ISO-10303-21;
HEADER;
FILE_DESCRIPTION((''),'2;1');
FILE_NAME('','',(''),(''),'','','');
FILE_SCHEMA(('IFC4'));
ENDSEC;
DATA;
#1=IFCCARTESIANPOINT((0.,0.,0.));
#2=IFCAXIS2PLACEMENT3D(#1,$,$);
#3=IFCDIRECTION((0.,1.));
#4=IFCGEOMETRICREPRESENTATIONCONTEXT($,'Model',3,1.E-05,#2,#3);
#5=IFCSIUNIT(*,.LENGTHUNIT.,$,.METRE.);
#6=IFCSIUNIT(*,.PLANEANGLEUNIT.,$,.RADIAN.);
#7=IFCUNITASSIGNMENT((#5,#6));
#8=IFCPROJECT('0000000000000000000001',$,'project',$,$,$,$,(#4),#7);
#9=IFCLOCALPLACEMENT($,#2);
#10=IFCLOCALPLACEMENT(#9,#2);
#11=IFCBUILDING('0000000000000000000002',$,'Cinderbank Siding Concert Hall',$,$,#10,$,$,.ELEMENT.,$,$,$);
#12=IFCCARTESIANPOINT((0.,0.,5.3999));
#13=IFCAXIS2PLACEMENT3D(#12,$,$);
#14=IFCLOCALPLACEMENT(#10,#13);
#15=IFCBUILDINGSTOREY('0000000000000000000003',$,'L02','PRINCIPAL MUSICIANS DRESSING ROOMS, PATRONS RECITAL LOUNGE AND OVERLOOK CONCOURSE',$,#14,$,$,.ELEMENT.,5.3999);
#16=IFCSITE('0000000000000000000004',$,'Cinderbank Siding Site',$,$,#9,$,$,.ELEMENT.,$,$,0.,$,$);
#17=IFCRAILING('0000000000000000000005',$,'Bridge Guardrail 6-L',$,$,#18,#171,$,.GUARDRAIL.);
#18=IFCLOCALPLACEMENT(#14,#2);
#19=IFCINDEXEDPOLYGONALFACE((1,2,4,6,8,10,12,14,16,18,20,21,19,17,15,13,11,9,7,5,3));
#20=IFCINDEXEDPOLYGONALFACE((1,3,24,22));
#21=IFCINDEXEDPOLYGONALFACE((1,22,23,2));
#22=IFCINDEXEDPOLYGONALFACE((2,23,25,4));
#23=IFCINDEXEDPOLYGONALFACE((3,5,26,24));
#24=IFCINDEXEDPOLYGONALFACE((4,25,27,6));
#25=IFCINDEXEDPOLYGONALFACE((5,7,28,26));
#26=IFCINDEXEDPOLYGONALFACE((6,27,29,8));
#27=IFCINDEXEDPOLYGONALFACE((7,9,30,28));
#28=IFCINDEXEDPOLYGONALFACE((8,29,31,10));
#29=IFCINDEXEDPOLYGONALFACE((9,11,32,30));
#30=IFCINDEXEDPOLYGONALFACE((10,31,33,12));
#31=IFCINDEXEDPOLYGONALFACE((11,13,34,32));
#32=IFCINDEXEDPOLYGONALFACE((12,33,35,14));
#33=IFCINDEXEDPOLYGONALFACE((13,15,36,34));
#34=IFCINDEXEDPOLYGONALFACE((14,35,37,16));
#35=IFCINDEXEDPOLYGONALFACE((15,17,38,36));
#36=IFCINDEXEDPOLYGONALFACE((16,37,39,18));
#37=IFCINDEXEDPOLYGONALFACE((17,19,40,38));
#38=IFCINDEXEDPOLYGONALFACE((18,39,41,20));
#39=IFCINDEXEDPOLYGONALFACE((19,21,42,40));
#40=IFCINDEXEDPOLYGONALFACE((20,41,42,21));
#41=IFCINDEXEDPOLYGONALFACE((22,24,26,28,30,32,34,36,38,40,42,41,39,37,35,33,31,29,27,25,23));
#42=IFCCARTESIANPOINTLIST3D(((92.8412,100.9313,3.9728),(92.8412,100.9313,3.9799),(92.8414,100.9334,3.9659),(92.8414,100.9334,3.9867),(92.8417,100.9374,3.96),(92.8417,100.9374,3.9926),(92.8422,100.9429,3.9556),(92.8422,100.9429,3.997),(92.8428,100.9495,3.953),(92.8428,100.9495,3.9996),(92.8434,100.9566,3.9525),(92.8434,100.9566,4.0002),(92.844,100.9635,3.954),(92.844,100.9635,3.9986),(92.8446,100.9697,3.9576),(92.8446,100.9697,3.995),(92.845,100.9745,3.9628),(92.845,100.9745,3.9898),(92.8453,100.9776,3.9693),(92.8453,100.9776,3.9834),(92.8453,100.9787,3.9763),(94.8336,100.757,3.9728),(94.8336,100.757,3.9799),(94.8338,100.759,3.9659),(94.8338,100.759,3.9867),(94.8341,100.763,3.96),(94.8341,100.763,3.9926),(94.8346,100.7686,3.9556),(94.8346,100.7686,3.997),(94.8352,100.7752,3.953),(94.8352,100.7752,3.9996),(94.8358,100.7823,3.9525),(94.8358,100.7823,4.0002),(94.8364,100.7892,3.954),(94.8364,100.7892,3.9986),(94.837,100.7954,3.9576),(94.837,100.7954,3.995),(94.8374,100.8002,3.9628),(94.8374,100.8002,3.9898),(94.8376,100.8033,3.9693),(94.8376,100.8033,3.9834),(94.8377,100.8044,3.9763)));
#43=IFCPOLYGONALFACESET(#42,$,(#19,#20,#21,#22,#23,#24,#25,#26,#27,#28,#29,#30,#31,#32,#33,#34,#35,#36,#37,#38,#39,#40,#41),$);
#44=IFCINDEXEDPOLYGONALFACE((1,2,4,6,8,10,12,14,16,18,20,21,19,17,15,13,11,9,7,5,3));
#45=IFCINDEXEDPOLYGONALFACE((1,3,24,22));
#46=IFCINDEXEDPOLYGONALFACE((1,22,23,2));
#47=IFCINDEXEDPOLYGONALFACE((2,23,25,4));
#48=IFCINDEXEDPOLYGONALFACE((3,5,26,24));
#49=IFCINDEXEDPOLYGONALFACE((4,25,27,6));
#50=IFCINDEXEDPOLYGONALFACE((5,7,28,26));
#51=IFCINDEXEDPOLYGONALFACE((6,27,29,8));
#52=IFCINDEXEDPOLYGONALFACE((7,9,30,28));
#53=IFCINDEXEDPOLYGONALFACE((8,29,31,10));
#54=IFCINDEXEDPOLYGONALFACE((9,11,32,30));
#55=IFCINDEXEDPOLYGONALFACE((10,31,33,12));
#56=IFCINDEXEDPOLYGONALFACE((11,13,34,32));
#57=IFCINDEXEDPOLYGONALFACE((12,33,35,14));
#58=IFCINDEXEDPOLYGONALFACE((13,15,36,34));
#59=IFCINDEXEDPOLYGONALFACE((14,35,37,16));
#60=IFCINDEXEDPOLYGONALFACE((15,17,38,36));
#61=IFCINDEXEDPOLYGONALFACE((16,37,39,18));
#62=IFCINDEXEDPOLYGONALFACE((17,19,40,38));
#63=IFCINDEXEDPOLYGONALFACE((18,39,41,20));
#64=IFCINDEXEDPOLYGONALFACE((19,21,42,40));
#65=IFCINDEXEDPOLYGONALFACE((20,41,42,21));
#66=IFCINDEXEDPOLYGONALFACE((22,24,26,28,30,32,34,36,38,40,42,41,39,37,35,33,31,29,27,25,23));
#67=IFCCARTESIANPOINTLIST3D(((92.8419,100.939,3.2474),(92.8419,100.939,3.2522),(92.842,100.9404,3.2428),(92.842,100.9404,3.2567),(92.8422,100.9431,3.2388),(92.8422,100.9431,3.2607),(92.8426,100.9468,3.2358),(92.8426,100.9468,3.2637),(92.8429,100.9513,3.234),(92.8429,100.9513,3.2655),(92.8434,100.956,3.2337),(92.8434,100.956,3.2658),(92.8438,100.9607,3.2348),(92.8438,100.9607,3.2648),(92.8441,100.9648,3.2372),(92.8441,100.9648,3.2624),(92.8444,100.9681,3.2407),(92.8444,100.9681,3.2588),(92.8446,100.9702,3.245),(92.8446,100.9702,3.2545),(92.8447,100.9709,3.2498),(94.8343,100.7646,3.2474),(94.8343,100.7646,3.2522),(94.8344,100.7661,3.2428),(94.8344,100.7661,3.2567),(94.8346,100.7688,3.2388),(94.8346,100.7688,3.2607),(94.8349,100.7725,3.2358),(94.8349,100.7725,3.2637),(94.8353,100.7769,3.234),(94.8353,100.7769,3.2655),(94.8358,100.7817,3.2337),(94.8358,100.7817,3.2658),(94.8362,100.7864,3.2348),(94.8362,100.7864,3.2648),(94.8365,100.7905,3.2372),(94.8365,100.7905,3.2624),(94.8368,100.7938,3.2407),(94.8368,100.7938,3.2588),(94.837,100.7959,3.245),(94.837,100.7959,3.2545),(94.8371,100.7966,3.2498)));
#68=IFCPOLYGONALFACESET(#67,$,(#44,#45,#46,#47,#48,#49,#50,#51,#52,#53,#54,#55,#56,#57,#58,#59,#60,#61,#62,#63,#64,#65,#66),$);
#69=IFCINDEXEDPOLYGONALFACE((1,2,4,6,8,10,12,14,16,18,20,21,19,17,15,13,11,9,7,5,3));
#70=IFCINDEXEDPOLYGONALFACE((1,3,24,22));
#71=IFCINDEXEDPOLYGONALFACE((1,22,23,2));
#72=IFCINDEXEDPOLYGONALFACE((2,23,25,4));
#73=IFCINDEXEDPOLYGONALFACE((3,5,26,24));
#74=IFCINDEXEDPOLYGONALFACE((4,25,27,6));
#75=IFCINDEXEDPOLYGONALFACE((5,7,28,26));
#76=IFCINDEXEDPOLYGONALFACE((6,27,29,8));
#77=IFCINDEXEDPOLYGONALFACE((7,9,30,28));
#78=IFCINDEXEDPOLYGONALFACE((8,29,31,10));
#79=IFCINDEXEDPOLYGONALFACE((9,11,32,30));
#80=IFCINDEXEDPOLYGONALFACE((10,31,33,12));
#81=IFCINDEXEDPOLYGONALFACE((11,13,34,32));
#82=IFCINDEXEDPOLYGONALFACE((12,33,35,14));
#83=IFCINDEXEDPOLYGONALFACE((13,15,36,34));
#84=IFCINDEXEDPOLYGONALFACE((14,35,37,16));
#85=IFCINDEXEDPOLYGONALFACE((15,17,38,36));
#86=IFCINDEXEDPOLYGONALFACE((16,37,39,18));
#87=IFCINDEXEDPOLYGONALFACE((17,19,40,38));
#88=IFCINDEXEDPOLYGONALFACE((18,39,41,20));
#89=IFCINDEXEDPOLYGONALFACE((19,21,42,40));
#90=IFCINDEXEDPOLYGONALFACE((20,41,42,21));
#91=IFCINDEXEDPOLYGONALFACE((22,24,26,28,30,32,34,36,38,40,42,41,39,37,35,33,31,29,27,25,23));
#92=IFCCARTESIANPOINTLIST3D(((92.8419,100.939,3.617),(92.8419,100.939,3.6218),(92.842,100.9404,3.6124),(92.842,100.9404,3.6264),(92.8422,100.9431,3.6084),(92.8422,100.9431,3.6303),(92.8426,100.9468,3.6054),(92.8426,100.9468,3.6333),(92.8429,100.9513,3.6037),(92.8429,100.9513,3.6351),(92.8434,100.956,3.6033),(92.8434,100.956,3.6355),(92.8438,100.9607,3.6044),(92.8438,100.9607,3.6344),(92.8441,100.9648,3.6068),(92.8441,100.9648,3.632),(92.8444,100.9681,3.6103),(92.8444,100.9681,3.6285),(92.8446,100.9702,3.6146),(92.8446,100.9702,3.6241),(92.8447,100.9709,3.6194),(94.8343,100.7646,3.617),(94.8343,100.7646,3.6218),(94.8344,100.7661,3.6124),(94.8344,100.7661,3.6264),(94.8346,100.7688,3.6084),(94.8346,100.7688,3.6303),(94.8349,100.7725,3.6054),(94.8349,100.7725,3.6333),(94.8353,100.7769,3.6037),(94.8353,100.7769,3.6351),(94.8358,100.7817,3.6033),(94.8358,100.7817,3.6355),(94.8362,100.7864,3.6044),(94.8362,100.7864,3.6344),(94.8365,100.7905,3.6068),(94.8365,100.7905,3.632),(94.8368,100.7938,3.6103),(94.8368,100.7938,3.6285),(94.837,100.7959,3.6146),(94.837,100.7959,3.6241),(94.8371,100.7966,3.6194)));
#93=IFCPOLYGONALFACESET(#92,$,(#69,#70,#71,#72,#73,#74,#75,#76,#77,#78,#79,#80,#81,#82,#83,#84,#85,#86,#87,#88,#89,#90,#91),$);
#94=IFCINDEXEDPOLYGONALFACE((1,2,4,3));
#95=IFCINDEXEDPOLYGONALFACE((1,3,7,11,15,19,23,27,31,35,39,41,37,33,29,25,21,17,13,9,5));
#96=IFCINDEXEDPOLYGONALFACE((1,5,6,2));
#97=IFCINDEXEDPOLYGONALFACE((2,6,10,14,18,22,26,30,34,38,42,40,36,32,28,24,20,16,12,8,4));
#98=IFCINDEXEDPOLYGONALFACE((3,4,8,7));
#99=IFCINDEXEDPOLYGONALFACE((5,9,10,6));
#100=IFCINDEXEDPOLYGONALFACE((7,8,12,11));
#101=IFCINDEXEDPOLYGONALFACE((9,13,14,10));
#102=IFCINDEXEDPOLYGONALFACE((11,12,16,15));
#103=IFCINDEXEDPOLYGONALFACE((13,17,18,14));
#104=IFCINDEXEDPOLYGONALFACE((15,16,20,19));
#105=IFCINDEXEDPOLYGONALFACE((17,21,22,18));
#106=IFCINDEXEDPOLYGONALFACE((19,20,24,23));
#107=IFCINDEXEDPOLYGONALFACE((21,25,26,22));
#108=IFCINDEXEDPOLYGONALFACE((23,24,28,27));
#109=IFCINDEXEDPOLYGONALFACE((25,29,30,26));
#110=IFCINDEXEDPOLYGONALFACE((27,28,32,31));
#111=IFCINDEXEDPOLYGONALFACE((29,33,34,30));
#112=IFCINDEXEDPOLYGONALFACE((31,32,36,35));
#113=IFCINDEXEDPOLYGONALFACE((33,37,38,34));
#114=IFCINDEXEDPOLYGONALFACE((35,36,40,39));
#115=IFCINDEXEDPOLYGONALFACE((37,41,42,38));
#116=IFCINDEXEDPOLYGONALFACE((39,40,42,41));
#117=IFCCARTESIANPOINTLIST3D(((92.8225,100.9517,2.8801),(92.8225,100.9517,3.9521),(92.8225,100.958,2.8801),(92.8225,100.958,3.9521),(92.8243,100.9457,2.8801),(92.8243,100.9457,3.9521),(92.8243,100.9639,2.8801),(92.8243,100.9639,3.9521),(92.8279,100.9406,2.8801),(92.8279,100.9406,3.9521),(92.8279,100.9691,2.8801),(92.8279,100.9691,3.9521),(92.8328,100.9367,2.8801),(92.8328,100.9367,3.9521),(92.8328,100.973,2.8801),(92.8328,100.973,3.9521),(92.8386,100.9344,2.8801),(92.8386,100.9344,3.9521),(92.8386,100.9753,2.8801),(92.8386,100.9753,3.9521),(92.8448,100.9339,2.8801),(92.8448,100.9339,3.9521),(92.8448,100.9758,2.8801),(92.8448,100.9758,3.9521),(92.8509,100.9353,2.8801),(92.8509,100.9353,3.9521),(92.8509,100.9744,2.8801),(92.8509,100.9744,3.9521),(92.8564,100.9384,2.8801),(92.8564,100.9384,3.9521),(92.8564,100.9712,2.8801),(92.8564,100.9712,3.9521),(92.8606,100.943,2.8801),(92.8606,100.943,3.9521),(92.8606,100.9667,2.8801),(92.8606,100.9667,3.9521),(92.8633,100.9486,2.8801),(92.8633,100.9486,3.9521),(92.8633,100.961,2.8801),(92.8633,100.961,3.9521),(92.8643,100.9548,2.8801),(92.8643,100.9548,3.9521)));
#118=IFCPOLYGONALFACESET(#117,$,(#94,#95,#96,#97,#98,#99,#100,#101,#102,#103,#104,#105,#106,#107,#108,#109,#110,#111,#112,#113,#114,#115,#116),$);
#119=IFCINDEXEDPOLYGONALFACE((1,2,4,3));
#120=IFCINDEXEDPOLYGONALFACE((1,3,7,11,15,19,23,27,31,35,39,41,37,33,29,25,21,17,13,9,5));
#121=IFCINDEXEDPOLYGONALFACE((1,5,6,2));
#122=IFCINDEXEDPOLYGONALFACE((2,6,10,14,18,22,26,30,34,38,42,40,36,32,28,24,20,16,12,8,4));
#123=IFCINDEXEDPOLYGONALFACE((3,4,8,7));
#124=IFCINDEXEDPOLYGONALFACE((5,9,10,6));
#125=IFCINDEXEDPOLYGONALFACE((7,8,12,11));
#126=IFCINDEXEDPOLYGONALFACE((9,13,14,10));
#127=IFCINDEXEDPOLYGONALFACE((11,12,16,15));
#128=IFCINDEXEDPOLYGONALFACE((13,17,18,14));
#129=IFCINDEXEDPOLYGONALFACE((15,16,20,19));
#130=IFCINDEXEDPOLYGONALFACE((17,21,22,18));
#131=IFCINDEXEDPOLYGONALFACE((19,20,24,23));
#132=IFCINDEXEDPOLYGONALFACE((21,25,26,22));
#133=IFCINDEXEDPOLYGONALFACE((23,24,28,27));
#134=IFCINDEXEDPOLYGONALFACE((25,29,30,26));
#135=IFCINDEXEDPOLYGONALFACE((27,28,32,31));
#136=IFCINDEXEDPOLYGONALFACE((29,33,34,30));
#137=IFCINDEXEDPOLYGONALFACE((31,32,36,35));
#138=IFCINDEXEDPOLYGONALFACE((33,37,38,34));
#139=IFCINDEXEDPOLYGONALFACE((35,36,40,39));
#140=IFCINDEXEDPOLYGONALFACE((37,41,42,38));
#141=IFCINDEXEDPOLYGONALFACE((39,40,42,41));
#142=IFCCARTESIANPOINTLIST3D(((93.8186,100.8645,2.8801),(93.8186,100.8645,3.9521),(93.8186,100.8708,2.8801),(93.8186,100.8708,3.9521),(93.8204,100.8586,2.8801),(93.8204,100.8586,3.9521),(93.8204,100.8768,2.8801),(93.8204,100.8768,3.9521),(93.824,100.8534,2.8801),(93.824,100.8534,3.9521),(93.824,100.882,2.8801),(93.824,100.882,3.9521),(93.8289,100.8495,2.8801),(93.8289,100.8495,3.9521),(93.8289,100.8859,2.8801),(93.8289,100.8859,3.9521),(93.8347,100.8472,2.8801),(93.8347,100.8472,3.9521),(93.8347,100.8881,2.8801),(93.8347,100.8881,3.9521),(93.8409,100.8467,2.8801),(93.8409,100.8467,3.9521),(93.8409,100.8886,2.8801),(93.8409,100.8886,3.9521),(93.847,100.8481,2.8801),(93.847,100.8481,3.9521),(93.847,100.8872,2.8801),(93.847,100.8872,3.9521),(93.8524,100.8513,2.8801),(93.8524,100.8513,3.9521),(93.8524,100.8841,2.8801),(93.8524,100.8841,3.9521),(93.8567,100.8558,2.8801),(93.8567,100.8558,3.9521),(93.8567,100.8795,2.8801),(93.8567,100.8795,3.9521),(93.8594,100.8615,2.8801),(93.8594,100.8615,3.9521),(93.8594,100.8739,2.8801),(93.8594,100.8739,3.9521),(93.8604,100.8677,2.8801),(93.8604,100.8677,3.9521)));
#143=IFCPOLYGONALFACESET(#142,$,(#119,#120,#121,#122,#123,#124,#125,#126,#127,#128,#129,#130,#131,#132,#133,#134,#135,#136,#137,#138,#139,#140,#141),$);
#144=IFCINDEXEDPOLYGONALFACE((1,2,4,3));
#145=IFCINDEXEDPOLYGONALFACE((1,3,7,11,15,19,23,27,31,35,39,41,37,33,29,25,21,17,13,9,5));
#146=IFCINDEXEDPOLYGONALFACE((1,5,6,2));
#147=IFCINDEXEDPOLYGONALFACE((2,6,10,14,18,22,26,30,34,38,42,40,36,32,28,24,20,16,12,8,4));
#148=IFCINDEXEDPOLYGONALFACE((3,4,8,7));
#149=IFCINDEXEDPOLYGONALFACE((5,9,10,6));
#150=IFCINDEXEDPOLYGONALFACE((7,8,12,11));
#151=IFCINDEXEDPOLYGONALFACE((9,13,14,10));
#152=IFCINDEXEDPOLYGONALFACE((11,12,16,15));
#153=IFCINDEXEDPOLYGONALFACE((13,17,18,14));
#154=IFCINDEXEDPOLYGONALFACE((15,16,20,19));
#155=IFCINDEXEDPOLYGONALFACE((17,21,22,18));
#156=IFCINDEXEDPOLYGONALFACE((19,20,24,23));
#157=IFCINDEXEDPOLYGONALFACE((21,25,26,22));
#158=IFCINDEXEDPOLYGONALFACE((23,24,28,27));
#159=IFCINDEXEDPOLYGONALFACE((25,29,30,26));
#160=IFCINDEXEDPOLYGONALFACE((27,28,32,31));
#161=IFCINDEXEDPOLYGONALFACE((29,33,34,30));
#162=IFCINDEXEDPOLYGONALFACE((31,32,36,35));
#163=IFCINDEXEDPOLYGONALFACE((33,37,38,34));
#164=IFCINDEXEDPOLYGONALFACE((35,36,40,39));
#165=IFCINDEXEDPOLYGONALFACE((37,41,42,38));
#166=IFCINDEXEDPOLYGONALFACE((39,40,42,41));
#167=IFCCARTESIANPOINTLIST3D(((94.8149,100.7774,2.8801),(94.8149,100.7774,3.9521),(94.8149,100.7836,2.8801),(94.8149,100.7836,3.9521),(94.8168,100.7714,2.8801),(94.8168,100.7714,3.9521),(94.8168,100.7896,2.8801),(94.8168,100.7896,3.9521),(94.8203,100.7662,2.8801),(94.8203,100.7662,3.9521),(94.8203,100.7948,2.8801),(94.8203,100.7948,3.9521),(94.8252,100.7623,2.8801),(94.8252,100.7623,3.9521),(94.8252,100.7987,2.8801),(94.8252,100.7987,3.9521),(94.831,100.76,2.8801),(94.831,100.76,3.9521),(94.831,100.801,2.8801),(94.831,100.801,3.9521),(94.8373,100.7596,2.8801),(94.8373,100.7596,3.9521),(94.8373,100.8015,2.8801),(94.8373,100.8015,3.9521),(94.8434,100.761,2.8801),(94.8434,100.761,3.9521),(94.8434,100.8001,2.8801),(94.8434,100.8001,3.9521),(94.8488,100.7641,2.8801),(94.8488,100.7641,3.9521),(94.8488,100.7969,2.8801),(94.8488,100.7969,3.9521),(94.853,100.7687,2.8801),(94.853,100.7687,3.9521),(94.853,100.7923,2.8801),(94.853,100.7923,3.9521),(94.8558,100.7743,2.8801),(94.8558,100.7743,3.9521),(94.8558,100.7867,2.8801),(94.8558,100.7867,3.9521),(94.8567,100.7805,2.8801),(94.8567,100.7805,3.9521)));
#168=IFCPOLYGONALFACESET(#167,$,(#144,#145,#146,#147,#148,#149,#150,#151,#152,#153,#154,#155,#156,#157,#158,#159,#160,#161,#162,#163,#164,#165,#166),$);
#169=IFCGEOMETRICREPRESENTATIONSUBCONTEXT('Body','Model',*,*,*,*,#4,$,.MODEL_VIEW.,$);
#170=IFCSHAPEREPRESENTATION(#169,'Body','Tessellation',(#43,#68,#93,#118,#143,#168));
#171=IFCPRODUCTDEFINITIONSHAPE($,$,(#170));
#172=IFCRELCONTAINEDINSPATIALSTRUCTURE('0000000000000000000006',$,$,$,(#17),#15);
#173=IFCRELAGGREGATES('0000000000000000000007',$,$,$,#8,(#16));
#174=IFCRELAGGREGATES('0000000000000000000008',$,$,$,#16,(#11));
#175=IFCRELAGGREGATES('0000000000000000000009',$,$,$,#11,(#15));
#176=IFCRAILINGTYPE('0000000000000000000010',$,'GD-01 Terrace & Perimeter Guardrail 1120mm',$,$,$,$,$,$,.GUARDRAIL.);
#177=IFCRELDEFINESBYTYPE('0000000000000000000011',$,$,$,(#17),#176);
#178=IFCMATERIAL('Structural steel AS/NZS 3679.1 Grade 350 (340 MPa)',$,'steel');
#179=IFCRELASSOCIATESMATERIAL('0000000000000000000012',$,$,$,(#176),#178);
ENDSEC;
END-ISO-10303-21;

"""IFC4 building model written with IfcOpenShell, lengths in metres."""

from ifc_helpers import new_model, si_unit, direction, frame, origin, origin_2d, place, context, subcontext, project, spatial, circle, extrude, material, type_object, element, save


model = new_model("IFC4")

# Units and contexts
model_context = context("Model", 3, precision=1e-05, world=origin(), true_north=direction((0.0, 1.0)))
body_context = subcontext(model_context, "Body", "Model", "MODEL_VIEW")
ifc_project = project(units=[si_unit("LENGTHUNIT", "METRE"), si_unit("PLANEANGLEUNIT", "RADIAN")], contexts=[model_context])

# Site, building, storey
site_placement = place(None, origin())
site = spatial("IfcSite", under=ifc_project, at=site_placement, Name="Cinderbank Siding Site", CompositionType="ELEMENT", RefElevation=0.0)
building_placement = place(site_placement, origin())
building = spatial("IfcBuilding", under=site, at=building_placement, Name="Cinderbank Siding Concert Hall", CompositionType="ELEMENT")
storey_placement = place(building_placement, frame((0.0, 0.0, 5.3999)))
storey = spatial("IfcBuildingStorey", under=building, at=storey_placement, Name="L02", Description="PRINCIPAL MUSICIANS DRESSING ROOMS, PATRONS RECITAL LOUNGE AND OVERLOOK CONCOURSE", CompositionType="ELEMENT", Elevation=5.3999)

# Shared definitions
ifc_material_1 = material(Name="Structural steel AS/NZS 3679.1 Grade 350 (340 MPa)", Category="steel")

# Railing
railing_type_1 = type_object("IfcRailingType", Name="GD-01 Terrace & Perimeter Guardrail 1120mm", PredefinedType="GUARDRAIL", material=ifc_material_1)
railing_1_placement = place(storey_placement, frame((92.8433, 100.9548, 2.8801)))
element("IfcRailing", 1, at=railing_1_placement, inside=storey, type_object=railing_type_1, Name="Bridge Guardrail 6-L", PredefinedType="GUARDRAIL", context=body_context, shape_type="SweptSolid", body=[
    extrude(circle(Radius=0.0239, at=origin_2d()), frame((0.0, 0.0, 1.0962), z_axis=(0.996195, -0.087156, 0.0), x_axis=(0.087156, 0.996195, 0.0)), (0.0, 0.0, 1.0), 2.0),
    extrude(circle(Radius=0.0161, at=origin_2d()), frame((0.0, 0.0, 0.3696), z_axis=(0.996195, -0.087156, 0.0), x_axis=(0.087156, 0.996195, 0.0)), (0.0, 0.0, 1.0), 2.0),
    extrude(circle(Radius=0.0161, at=origin_2d()), frame((0.0, 0.0, 0.7393), z_axis=(0.996195, -0.087156, 0.0), x_axis=(0.087156, 0.996195, 0.0)), (0.0, 0.0, 1.0), 2.0),
    extrude(circle(Radius=0.021, at=origin_2d()), origin(), (0.0, 0.0, 1.0), 1.072),
    extrude(circle(Radius=0.021, at=origin_2d()), frame((0.9961, -0.0872, 0.0)), (0.0, 0.0, 1.0), 1.072),
    extrude(circle(Radius=0.021, at=origin_2d()), frame((1.9924, -0.1743, 0.0)), (0.0, 0.0, 1.0), 1.072),
])

save(model, "model.ifc")
